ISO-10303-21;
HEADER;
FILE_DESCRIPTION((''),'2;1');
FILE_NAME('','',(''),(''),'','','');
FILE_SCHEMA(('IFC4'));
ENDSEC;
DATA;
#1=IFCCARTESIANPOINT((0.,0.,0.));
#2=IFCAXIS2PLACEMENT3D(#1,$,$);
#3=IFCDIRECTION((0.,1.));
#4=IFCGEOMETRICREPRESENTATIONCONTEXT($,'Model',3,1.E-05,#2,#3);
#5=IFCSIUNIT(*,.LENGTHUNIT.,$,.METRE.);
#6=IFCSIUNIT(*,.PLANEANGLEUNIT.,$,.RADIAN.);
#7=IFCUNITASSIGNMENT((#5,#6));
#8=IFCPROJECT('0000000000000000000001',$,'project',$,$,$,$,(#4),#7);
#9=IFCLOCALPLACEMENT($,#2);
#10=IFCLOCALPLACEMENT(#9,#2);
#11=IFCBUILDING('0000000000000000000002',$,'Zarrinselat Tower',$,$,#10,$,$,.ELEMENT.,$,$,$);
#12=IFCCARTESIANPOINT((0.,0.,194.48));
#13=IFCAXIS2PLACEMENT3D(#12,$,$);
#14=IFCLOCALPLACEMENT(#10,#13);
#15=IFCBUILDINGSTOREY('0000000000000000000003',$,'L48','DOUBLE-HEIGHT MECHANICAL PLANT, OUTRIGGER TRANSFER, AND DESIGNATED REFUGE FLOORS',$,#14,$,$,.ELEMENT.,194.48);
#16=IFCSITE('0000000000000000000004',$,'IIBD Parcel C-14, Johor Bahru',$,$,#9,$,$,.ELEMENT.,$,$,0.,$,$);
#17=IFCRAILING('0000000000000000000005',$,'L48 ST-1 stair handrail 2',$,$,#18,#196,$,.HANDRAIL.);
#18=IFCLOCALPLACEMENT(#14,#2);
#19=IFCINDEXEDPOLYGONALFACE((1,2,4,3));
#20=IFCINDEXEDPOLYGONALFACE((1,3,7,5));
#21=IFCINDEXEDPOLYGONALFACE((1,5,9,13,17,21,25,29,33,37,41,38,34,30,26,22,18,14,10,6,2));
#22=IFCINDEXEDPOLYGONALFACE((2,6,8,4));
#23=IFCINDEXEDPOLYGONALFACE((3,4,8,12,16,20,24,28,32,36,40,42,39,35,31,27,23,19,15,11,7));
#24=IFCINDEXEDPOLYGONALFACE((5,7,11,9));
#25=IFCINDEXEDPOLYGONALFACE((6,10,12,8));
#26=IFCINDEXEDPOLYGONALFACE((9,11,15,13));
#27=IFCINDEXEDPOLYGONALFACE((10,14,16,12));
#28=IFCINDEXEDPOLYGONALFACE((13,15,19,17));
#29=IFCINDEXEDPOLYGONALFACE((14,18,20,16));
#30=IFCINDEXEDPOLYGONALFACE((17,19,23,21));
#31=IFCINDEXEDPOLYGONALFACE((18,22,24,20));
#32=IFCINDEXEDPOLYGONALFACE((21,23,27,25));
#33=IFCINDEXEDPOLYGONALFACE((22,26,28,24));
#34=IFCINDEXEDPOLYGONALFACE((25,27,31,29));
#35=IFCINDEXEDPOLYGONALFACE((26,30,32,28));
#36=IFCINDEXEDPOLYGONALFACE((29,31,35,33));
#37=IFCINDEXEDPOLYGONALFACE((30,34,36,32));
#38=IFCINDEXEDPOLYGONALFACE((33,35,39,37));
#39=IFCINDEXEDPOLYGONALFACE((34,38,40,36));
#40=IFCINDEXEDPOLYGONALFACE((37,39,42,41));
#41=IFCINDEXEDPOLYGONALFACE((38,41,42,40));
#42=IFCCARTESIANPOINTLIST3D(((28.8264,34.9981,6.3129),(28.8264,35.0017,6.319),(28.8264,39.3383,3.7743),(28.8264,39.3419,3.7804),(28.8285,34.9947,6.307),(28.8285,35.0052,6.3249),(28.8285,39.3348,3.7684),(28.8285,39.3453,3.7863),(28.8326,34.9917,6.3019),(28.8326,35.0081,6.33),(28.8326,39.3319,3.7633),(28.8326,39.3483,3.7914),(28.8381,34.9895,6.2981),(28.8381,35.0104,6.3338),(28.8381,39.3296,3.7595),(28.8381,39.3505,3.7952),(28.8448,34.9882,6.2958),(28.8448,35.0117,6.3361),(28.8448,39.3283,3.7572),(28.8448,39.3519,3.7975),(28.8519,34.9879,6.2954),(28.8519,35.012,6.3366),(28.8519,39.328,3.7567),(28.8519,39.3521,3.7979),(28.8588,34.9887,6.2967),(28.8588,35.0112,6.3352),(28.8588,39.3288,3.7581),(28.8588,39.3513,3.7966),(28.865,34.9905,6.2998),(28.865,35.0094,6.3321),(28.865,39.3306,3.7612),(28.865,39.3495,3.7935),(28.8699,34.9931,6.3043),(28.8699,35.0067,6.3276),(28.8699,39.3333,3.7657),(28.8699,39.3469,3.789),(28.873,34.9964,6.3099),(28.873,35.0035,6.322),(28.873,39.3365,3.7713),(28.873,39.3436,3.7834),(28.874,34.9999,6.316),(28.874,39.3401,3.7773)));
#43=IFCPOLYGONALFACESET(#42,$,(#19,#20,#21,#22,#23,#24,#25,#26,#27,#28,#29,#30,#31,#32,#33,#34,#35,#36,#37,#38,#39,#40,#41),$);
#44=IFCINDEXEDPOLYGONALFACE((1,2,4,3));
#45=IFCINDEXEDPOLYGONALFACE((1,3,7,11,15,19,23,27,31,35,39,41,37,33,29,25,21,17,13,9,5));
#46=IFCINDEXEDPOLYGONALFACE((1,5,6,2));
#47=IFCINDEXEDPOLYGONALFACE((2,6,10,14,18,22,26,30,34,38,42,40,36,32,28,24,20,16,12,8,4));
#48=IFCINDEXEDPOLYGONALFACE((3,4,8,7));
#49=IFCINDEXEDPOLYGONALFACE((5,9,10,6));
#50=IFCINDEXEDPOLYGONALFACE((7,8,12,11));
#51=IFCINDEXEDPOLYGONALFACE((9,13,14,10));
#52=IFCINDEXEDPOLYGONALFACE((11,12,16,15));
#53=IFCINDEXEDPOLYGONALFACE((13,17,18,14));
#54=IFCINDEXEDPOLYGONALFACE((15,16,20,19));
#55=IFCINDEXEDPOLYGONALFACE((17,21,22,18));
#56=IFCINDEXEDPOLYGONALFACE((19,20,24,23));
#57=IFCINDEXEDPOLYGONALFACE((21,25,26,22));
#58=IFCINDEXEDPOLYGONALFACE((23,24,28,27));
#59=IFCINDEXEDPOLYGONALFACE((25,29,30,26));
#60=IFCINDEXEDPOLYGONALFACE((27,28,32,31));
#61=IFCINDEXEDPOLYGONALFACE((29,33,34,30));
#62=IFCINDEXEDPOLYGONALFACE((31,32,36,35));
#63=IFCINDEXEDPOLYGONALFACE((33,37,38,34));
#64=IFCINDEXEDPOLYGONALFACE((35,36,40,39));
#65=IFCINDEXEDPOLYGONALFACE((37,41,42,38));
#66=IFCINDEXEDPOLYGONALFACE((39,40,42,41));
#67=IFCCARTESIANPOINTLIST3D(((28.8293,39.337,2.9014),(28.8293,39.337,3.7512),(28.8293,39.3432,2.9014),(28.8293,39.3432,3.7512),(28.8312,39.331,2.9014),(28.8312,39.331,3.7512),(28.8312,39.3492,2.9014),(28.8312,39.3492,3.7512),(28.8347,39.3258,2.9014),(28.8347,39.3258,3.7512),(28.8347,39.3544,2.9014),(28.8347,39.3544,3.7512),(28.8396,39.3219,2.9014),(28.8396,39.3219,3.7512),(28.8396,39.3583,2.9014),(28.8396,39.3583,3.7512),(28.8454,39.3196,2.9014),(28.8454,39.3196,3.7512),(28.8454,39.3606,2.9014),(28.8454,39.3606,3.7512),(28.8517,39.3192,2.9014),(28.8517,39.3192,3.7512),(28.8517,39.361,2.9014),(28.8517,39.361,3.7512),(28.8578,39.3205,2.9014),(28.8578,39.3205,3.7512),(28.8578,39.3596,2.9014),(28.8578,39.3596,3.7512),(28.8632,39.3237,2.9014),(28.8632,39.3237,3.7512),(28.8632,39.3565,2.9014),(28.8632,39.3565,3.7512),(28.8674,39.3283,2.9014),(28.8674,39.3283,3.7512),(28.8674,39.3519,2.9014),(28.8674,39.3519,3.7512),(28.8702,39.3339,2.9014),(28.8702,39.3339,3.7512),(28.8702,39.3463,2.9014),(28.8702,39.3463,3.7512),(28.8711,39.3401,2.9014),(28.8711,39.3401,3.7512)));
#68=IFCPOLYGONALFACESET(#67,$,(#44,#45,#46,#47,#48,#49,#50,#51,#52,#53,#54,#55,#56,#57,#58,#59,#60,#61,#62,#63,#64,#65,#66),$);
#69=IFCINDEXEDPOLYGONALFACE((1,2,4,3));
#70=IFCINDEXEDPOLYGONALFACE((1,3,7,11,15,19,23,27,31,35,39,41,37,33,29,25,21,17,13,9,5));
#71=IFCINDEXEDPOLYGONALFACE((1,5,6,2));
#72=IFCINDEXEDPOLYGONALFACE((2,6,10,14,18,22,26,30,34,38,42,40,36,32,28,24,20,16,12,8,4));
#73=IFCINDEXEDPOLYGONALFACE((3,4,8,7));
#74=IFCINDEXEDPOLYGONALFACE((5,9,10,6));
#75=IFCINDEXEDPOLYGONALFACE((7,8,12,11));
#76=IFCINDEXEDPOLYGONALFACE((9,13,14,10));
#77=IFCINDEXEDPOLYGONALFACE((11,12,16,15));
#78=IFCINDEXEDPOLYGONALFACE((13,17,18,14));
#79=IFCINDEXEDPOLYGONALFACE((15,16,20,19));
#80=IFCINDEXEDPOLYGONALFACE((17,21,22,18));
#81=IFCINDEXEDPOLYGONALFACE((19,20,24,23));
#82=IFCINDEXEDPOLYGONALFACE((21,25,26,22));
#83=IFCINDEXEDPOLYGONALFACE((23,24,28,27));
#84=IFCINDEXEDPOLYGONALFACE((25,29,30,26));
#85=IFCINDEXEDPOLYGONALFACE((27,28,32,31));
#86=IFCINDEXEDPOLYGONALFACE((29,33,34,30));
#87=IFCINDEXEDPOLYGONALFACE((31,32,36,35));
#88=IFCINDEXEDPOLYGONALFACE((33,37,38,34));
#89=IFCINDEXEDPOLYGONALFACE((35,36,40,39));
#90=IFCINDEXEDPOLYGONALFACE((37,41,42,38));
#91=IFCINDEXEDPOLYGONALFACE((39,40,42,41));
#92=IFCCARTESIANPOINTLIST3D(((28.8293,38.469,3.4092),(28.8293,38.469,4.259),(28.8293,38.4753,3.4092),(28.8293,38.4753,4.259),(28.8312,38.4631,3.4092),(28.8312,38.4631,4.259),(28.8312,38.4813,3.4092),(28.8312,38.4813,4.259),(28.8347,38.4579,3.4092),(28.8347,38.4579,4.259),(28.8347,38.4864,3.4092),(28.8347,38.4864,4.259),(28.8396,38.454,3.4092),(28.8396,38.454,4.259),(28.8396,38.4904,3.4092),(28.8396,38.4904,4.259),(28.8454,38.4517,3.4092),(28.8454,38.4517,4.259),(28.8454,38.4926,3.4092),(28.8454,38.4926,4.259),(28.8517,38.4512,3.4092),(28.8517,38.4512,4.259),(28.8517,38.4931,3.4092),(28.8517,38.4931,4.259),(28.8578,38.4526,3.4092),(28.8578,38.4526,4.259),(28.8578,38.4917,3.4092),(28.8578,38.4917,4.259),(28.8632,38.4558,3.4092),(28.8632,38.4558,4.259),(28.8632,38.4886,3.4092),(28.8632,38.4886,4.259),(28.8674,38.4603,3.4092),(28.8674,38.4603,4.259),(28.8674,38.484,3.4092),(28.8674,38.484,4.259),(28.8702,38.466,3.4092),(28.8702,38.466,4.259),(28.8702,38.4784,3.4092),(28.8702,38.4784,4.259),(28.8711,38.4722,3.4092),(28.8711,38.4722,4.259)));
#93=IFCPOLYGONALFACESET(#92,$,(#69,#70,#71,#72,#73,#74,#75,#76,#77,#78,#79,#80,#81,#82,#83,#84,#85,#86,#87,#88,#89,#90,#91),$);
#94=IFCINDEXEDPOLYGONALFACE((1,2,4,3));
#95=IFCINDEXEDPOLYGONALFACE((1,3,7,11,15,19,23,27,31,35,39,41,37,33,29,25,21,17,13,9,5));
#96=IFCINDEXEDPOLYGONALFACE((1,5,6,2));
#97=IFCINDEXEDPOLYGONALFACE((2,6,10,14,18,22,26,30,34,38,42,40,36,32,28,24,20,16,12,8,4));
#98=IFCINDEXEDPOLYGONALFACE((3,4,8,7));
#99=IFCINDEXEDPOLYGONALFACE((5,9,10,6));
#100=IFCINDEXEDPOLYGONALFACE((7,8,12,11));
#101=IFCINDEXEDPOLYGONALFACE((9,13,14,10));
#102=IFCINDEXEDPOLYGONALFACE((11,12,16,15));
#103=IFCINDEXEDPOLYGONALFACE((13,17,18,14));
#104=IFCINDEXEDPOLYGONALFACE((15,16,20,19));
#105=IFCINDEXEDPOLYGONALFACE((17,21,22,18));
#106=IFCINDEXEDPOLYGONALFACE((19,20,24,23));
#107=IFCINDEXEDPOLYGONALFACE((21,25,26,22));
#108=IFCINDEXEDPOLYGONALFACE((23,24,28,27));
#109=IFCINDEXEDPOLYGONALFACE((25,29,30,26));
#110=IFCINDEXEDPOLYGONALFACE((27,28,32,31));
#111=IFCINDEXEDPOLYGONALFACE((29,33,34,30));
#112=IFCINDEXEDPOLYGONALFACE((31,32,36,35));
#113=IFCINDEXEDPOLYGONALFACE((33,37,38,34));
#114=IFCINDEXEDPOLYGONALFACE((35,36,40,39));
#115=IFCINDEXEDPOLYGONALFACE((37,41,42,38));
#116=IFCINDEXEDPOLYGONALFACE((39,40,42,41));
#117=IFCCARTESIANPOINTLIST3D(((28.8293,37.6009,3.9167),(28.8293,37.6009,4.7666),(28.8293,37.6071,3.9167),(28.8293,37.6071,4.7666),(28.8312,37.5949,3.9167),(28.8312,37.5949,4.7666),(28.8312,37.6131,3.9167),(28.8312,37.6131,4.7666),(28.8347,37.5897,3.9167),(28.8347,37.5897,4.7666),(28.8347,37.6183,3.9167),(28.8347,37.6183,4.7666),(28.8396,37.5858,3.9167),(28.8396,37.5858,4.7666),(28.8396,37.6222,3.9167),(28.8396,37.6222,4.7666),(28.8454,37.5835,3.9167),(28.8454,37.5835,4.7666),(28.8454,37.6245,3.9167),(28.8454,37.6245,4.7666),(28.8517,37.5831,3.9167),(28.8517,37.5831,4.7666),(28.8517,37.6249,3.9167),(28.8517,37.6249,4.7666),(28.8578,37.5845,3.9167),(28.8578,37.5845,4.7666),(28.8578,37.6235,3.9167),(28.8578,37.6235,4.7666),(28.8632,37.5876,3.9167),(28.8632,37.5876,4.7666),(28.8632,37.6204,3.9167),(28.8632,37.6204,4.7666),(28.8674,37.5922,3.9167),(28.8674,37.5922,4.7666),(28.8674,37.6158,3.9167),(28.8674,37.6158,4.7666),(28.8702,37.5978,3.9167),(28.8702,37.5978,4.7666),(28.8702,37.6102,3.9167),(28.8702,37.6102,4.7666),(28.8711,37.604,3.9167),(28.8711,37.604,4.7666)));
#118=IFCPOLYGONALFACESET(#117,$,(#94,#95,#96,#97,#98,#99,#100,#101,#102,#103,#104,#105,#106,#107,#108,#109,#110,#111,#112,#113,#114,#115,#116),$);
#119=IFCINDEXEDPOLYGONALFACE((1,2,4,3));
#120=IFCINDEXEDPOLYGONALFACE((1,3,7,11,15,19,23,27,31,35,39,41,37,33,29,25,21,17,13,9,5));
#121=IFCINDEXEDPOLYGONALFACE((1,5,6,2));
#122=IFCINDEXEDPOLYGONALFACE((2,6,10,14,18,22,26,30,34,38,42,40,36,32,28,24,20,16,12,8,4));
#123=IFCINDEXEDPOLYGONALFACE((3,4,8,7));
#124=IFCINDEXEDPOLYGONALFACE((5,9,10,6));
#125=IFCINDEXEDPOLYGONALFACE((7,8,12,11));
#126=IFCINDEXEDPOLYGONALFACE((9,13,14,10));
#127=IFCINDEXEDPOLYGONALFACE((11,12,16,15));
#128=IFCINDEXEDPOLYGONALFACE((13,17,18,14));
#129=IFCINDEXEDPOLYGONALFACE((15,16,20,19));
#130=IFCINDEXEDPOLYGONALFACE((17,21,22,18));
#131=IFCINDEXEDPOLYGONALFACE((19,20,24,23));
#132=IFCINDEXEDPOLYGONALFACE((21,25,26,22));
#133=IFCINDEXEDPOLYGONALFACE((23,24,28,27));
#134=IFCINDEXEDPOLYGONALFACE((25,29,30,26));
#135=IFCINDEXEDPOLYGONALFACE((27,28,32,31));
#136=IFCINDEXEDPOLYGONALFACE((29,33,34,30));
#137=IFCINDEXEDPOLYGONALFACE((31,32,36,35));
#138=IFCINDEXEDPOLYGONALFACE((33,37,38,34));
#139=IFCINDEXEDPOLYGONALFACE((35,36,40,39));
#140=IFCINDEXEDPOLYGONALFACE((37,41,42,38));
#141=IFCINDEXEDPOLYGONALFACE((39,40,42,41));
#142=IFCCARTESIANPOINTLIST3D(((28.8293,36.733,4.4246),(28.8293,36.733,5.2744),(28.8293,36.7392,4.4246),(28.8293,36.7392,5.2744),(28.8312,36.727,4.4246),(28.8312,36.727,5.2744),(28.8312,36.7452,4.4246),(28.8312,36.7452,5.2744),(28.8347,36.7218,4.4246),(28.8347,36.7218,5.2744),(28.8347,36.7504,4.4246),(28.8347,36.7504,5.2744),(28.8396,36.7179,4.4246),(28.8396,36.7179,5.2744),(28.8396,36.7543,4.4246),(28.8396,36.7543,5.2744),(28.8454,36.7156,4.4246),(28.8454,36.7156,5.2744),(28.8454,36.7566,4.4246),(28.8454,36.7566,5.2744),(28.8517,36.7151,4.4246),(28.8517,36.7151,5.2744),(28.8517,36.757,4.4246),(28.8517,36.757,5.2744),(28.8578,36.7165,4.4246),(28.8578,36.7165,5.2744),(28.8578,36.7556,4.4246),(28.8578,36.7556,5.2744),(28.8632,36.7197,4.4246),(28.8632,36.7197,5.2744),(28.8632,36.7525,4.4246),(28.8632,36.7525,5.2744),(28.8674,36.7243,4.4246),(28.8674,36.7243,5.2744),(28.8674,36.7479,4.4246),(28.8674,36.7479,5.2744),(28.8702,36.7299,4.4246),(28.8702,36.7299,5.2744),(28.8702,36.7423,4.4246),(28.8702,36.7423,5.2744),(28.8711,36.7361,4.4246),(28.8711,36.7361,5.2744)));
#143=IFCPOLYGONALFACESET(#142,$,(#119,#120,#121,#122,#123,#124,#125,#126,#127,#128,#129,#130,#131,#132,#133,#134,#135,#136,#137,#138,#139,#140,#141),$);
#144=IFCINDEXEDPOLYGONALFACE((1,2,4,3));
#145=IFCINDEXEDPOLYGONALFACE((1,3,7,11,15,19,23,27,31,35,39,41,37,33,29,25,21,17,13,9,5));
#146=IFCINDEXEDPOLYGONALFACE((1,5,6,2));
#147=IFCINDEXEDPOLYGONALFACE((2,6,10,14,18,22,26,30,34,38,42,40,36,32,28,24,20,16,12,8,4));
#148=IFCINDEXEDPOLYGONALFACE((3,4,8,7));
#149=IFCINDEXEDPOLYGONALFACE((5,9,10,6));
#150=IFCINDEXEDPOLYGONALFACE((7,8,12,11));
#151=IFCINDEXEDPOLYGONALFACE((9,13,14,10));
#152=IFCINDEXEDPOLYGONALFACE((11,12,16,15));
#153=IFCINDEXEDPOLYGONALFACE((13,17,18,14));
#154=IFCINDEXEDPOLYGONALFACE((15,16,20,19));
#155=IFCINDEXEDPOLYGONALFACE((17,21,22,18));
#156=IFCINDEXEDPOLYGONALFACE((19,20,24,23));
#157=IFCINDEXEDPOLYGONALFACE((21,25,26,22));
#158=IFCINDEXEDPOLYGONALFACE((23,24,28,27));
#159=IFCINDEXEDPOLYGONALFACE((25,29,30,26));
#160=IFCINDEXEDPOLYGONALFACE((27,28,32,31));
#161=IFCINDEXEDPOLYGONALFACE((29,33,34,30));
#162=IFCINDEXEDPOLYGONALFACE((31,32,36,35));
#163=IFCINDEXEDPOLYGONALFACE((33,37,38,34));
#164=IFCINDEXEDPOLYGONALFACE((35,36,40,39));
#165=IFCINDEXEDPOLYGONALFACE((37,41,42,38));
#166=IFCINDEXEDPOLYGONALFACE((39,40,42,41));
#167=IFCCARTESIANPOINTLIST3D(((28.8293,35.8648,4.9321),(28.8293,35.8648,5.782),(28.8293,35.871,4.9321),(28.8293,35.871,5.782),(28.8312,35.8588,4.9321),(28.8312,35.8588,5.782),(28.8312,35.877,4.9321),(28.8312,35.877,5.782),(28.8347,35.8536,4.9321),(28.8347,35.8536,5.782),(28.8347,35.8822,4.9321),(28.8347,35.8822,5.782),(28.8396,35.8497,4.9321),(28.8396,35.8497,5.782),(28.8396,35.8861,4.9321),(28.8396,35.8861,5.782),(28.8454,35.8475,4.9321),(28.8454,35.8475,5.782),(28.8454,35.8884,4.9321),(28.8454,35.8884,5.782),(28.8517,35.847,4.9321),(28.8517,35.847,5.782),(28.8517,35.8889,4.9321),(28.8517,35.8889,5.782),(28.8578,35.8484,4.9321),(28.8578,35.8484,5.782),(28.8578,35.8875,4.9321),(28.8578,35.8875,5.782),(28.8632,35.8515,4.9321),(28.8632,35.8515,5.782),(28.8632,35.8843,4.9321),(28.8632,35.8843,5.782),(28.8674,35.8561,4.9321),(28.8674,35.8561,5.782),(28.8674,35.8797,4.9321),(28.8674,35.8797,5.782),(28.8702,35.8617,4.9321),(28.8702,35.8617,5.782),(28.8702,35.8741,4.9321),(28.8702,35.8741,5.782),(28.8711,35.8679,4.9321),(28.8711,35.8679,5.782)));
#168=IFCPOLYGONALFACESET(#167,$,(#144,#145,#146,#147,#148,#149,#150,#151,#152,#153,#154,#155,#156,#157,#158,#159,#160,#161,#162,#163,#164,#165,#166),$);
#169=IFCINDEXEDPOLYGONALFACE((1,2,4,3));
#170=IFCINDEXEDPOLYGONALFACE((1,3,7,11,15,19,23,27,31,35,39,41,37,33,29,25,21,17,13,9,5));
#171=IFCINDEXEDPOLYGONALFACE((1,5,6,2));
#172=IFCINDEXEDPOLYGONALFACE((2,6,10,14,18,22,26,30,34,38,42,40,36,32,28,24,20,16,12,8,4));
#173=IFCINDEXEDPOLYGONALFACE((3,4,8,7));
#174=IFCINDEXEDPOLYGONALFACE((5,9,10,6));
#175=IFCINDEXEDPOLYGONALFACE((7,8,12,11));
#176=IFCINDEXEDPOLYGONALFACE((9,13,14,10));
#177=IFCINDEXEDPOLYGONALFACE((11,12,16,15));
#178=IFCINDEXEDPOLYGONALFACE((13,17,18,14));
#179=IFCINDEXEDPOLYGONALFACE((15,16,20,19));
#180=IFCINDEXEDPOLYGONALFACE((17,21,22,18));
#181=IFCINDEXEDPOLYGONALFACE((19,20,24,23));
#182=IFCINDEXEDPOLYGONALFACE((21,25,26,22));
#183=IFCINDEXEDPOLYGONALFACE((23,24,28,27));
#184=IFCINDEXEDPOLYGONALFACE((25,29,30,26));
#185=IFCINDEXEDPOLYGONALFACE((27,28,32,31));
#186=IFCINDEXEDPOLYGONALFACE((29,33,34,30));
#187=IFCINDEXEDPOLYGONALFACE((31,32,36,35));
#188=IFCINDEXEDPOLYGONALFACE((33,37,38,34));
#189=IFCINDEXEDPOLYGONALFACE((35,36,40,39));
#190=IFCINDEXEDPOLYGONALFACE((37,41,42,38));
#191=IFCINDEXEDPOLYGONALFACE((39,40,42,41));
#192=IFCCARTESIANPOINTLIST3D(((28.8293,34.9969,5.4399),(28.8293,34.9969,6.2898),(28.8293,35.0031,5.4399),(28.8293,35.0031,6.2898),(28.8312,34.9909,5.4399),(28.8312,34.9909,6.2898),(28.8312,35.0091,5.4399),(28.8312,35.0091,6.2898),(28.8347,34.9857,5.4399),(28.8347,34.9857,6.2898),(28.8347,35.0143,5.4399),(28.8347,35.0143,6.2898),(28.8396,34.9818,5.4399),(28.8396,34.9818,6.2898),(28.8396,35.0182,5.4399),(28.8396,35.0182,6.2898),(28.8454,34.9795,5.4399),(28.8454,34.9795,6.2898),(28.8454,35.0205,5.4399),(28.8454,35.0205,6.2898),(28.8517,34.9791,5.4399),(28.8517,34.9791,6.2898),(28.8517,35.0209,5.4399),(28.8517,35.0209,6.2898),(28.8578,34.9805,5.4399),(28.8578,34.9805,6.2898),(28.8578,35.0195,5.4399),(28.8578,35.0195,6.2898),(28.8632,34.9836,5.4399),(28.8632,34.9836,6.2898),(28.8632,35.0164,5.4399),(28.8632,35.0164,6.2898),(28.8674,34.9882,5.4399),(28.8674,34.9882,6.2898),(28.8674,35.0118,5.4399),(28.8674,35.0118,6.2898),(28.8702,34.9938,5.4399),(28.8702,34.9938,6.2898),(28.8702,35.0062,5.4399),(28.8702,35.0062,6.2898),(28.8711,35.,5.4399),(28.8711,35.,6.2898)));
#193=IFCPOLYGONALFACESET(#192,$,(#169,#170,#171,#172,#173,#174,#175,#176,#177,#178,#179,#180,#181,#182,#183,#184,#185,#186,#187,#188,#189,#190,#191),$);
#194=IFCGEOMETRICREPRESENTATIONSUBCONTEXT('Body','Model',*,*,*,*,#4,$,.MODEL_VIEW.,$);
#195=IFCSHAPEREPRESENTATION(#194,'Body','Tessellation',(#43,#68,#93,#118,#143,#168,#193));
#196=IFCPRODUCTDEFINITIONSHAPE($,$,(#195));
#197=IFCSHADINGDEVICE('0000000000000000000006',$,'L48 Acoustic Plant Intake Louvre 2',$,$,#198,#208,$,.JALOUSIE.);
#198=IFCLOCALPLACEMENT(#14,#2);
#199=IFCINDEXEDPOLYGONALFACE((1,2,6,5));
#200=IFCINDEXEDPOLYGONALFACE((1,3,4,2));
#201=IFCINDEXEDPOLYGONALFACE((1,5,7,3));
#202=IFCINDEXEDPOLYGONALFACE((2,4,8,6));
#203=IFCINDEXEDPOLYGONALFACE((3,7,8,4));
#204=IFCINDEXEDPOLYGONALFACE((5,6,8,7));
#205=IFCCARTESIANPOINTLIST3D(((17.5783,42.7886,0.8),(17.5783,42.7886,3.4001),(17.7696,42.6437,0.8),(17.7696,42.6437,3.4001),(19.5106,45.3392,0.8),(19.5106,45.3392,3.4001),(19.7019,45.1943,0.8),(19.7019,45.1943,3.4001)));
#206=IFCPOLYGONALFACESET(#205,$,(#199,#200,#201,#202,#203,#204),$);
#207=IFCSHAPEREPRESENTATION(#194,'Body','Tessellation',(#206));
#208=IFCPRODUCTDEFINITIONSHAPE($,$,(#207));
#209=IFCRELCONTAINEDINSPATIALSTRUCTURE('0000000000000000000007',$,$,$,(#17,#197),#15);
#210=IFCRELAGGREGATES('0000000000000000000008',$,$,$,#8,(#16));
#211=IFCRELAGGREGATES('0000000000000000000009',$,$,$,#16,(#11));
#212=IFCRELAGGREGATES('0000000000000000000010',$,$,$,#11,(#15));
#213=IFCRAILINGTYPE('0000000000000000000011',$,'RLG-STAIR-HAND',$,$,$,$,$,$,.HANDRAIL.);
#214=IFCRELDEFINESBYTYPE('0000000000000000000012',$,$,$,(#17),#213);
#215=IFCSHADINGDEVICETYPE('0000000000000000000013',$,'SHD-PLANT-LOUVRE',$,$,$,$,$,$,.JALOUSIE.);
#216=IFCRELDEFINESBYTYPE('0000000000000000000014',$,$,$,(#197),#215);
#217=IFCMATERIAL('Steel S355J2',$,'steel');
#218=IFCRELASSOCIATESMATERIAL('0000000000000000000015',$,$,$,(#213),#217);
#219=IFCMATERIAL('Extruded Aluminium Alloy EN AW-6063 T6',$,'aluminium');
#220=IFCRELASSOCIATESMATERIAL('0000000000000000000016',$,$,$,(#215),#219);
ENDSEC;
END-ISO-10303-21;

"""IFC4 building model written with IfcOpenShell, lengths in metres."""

from ifc_helpers import new_model, si_unit, direction, frame, origin, origin_2d, place, context, subcontext, project, spatial, rectangle, circle, extrude, material, type_object, element, save


model = new_model("IFC4")

# Units and contexts
model_context = context("Model", 3, precision=1e-05, world=origin(), true_north=direction((0.0, 1.0)))
body_context = subcontext(model_context, "Body", "Model", "MODEL_VIEW")
ifc_project = project(units=[si_unit("LENGTHUNIT", "METRE"), si_unit("PLANEANGLEUNIT", "RADIAN")], contexts=[model_context])

# Site, building, storey
site_placement = place(None, origin())
site = spatial("IfcSite", under=ifc_project, at=site_placement, Name="IIBD Parcel C-14, Johor Bahru", CompositionType="ELEMENT", RefElevation=0.0)
building_placement = place(site_placement, origin())
building = spatial("IfcBuilding", under=site, at=building_placement, Name="Zarrinselat Tower", CompositionType="ELEMENT")
storey_placement = place(building_placement, frame((0.0, 0.0, 194.48)))
storey = spatial("IfcBuildingStorey", under=building, at=storey_placement, Name="L48", Description="DOUBLE-HEIGHT MECHANICAL PLANT, OUTRIGGER TRANSFER, AND DESIGNATED REFUGE FLOORS", CompositionType="ELEMENT", Elevation=194.48)

# Railing
ifc_material_1 = material(Name="Steel S355J2", Category="steel")
railing_type = type_object("IfcRailingType", Name="RLG-STAIR-HAND", PredefinedType="HANDRAIL", material=ifc_material_1)
railing_placement = place(storey_placement, frame((28.8501, 39.3401, 2.9014)))
element("IfcRailing", 1, at=railing_placement, inside=storey, type_object=railing_type, Name="L48 ST-1 stair handrail 2", PredefinedType="HANDRAIL", context=body_context, shape_type="SweptSolid", body=[
    extrude(circle(Radius=0.0239, at=origin_2d()), frame((0.0, 0.0, 0.876), z_axis=(0.0, -0.863185, 0.504888), x_axis=(1.0, 0.0, 0.0)), (0.0, 0.0, 1.0), 5.0281),
    extrude(circle(Radius=0.021, at=origin_2d()), origin(), (0.0, 0.0, 1.0), 0.8499),
    extrude(circle(Radius=0.021, at=origin_2d()), frame((0.0, -0.8679, 0.5078)), (0.0, 0.0, 1.0), 0.8499),
    extrude(circle(Radius=0.021, at=origin_2d()), frame((0.0, -1.7361, 1.0154)), (0.0, 0.0, 1.0), 0.8499),
    extrude(circle(Radius=0.021, at=origin_2d()), frame((0.0, -2.604, 1.5232)), (0.0, 0.0, 1.0), 0.8499),
    extrude(circle(Radius=0.021, at=origin_2d()), frame((0.0, -3.4722, 2.0308)), (0.0, 0.0, 1.0), 0.8499),
    extrude(circle(Radius=0.021, at=origin_2d()), frame((0.0, -4.3401, 2.5386)), (0.0, 0.0, 1.0), 0.8499),
])

# Shading device
ifc_material_2 = material(Name="Extruded Aluminium Alloy EN AW-6063 T6", Category="aluminium")
shading_device_type = type_object("IfcShadingDeviceType", Name="SHD-PLANT-LOUVRE", PredefinedType="JALOUSIE", material=ifc_material_2)
shading_device_placement = place(storey_placement, frame((18.6401, 43.9915, 0.8), z_axis=(0.0, 0.0, 1.0), x_axis=(-0.603859, -0.797091, 0.0)))
element("IfcShadingDevice", 2, at=shading_device_placement, inside=storey, type_object=shading_device_type, Name="L48 Acoustic Plant Intake Louvre 2", PredefinedType="JALOUSIE", context=body_context, shape_type="SweptSolid", body=[
    extrude(rectangle(XDim=3.2, YDim=0.24, at=origin_2d()), origin(), (0.0, 0.0, 1.0), 2.6001),
])

save(model, "model.ifc")
